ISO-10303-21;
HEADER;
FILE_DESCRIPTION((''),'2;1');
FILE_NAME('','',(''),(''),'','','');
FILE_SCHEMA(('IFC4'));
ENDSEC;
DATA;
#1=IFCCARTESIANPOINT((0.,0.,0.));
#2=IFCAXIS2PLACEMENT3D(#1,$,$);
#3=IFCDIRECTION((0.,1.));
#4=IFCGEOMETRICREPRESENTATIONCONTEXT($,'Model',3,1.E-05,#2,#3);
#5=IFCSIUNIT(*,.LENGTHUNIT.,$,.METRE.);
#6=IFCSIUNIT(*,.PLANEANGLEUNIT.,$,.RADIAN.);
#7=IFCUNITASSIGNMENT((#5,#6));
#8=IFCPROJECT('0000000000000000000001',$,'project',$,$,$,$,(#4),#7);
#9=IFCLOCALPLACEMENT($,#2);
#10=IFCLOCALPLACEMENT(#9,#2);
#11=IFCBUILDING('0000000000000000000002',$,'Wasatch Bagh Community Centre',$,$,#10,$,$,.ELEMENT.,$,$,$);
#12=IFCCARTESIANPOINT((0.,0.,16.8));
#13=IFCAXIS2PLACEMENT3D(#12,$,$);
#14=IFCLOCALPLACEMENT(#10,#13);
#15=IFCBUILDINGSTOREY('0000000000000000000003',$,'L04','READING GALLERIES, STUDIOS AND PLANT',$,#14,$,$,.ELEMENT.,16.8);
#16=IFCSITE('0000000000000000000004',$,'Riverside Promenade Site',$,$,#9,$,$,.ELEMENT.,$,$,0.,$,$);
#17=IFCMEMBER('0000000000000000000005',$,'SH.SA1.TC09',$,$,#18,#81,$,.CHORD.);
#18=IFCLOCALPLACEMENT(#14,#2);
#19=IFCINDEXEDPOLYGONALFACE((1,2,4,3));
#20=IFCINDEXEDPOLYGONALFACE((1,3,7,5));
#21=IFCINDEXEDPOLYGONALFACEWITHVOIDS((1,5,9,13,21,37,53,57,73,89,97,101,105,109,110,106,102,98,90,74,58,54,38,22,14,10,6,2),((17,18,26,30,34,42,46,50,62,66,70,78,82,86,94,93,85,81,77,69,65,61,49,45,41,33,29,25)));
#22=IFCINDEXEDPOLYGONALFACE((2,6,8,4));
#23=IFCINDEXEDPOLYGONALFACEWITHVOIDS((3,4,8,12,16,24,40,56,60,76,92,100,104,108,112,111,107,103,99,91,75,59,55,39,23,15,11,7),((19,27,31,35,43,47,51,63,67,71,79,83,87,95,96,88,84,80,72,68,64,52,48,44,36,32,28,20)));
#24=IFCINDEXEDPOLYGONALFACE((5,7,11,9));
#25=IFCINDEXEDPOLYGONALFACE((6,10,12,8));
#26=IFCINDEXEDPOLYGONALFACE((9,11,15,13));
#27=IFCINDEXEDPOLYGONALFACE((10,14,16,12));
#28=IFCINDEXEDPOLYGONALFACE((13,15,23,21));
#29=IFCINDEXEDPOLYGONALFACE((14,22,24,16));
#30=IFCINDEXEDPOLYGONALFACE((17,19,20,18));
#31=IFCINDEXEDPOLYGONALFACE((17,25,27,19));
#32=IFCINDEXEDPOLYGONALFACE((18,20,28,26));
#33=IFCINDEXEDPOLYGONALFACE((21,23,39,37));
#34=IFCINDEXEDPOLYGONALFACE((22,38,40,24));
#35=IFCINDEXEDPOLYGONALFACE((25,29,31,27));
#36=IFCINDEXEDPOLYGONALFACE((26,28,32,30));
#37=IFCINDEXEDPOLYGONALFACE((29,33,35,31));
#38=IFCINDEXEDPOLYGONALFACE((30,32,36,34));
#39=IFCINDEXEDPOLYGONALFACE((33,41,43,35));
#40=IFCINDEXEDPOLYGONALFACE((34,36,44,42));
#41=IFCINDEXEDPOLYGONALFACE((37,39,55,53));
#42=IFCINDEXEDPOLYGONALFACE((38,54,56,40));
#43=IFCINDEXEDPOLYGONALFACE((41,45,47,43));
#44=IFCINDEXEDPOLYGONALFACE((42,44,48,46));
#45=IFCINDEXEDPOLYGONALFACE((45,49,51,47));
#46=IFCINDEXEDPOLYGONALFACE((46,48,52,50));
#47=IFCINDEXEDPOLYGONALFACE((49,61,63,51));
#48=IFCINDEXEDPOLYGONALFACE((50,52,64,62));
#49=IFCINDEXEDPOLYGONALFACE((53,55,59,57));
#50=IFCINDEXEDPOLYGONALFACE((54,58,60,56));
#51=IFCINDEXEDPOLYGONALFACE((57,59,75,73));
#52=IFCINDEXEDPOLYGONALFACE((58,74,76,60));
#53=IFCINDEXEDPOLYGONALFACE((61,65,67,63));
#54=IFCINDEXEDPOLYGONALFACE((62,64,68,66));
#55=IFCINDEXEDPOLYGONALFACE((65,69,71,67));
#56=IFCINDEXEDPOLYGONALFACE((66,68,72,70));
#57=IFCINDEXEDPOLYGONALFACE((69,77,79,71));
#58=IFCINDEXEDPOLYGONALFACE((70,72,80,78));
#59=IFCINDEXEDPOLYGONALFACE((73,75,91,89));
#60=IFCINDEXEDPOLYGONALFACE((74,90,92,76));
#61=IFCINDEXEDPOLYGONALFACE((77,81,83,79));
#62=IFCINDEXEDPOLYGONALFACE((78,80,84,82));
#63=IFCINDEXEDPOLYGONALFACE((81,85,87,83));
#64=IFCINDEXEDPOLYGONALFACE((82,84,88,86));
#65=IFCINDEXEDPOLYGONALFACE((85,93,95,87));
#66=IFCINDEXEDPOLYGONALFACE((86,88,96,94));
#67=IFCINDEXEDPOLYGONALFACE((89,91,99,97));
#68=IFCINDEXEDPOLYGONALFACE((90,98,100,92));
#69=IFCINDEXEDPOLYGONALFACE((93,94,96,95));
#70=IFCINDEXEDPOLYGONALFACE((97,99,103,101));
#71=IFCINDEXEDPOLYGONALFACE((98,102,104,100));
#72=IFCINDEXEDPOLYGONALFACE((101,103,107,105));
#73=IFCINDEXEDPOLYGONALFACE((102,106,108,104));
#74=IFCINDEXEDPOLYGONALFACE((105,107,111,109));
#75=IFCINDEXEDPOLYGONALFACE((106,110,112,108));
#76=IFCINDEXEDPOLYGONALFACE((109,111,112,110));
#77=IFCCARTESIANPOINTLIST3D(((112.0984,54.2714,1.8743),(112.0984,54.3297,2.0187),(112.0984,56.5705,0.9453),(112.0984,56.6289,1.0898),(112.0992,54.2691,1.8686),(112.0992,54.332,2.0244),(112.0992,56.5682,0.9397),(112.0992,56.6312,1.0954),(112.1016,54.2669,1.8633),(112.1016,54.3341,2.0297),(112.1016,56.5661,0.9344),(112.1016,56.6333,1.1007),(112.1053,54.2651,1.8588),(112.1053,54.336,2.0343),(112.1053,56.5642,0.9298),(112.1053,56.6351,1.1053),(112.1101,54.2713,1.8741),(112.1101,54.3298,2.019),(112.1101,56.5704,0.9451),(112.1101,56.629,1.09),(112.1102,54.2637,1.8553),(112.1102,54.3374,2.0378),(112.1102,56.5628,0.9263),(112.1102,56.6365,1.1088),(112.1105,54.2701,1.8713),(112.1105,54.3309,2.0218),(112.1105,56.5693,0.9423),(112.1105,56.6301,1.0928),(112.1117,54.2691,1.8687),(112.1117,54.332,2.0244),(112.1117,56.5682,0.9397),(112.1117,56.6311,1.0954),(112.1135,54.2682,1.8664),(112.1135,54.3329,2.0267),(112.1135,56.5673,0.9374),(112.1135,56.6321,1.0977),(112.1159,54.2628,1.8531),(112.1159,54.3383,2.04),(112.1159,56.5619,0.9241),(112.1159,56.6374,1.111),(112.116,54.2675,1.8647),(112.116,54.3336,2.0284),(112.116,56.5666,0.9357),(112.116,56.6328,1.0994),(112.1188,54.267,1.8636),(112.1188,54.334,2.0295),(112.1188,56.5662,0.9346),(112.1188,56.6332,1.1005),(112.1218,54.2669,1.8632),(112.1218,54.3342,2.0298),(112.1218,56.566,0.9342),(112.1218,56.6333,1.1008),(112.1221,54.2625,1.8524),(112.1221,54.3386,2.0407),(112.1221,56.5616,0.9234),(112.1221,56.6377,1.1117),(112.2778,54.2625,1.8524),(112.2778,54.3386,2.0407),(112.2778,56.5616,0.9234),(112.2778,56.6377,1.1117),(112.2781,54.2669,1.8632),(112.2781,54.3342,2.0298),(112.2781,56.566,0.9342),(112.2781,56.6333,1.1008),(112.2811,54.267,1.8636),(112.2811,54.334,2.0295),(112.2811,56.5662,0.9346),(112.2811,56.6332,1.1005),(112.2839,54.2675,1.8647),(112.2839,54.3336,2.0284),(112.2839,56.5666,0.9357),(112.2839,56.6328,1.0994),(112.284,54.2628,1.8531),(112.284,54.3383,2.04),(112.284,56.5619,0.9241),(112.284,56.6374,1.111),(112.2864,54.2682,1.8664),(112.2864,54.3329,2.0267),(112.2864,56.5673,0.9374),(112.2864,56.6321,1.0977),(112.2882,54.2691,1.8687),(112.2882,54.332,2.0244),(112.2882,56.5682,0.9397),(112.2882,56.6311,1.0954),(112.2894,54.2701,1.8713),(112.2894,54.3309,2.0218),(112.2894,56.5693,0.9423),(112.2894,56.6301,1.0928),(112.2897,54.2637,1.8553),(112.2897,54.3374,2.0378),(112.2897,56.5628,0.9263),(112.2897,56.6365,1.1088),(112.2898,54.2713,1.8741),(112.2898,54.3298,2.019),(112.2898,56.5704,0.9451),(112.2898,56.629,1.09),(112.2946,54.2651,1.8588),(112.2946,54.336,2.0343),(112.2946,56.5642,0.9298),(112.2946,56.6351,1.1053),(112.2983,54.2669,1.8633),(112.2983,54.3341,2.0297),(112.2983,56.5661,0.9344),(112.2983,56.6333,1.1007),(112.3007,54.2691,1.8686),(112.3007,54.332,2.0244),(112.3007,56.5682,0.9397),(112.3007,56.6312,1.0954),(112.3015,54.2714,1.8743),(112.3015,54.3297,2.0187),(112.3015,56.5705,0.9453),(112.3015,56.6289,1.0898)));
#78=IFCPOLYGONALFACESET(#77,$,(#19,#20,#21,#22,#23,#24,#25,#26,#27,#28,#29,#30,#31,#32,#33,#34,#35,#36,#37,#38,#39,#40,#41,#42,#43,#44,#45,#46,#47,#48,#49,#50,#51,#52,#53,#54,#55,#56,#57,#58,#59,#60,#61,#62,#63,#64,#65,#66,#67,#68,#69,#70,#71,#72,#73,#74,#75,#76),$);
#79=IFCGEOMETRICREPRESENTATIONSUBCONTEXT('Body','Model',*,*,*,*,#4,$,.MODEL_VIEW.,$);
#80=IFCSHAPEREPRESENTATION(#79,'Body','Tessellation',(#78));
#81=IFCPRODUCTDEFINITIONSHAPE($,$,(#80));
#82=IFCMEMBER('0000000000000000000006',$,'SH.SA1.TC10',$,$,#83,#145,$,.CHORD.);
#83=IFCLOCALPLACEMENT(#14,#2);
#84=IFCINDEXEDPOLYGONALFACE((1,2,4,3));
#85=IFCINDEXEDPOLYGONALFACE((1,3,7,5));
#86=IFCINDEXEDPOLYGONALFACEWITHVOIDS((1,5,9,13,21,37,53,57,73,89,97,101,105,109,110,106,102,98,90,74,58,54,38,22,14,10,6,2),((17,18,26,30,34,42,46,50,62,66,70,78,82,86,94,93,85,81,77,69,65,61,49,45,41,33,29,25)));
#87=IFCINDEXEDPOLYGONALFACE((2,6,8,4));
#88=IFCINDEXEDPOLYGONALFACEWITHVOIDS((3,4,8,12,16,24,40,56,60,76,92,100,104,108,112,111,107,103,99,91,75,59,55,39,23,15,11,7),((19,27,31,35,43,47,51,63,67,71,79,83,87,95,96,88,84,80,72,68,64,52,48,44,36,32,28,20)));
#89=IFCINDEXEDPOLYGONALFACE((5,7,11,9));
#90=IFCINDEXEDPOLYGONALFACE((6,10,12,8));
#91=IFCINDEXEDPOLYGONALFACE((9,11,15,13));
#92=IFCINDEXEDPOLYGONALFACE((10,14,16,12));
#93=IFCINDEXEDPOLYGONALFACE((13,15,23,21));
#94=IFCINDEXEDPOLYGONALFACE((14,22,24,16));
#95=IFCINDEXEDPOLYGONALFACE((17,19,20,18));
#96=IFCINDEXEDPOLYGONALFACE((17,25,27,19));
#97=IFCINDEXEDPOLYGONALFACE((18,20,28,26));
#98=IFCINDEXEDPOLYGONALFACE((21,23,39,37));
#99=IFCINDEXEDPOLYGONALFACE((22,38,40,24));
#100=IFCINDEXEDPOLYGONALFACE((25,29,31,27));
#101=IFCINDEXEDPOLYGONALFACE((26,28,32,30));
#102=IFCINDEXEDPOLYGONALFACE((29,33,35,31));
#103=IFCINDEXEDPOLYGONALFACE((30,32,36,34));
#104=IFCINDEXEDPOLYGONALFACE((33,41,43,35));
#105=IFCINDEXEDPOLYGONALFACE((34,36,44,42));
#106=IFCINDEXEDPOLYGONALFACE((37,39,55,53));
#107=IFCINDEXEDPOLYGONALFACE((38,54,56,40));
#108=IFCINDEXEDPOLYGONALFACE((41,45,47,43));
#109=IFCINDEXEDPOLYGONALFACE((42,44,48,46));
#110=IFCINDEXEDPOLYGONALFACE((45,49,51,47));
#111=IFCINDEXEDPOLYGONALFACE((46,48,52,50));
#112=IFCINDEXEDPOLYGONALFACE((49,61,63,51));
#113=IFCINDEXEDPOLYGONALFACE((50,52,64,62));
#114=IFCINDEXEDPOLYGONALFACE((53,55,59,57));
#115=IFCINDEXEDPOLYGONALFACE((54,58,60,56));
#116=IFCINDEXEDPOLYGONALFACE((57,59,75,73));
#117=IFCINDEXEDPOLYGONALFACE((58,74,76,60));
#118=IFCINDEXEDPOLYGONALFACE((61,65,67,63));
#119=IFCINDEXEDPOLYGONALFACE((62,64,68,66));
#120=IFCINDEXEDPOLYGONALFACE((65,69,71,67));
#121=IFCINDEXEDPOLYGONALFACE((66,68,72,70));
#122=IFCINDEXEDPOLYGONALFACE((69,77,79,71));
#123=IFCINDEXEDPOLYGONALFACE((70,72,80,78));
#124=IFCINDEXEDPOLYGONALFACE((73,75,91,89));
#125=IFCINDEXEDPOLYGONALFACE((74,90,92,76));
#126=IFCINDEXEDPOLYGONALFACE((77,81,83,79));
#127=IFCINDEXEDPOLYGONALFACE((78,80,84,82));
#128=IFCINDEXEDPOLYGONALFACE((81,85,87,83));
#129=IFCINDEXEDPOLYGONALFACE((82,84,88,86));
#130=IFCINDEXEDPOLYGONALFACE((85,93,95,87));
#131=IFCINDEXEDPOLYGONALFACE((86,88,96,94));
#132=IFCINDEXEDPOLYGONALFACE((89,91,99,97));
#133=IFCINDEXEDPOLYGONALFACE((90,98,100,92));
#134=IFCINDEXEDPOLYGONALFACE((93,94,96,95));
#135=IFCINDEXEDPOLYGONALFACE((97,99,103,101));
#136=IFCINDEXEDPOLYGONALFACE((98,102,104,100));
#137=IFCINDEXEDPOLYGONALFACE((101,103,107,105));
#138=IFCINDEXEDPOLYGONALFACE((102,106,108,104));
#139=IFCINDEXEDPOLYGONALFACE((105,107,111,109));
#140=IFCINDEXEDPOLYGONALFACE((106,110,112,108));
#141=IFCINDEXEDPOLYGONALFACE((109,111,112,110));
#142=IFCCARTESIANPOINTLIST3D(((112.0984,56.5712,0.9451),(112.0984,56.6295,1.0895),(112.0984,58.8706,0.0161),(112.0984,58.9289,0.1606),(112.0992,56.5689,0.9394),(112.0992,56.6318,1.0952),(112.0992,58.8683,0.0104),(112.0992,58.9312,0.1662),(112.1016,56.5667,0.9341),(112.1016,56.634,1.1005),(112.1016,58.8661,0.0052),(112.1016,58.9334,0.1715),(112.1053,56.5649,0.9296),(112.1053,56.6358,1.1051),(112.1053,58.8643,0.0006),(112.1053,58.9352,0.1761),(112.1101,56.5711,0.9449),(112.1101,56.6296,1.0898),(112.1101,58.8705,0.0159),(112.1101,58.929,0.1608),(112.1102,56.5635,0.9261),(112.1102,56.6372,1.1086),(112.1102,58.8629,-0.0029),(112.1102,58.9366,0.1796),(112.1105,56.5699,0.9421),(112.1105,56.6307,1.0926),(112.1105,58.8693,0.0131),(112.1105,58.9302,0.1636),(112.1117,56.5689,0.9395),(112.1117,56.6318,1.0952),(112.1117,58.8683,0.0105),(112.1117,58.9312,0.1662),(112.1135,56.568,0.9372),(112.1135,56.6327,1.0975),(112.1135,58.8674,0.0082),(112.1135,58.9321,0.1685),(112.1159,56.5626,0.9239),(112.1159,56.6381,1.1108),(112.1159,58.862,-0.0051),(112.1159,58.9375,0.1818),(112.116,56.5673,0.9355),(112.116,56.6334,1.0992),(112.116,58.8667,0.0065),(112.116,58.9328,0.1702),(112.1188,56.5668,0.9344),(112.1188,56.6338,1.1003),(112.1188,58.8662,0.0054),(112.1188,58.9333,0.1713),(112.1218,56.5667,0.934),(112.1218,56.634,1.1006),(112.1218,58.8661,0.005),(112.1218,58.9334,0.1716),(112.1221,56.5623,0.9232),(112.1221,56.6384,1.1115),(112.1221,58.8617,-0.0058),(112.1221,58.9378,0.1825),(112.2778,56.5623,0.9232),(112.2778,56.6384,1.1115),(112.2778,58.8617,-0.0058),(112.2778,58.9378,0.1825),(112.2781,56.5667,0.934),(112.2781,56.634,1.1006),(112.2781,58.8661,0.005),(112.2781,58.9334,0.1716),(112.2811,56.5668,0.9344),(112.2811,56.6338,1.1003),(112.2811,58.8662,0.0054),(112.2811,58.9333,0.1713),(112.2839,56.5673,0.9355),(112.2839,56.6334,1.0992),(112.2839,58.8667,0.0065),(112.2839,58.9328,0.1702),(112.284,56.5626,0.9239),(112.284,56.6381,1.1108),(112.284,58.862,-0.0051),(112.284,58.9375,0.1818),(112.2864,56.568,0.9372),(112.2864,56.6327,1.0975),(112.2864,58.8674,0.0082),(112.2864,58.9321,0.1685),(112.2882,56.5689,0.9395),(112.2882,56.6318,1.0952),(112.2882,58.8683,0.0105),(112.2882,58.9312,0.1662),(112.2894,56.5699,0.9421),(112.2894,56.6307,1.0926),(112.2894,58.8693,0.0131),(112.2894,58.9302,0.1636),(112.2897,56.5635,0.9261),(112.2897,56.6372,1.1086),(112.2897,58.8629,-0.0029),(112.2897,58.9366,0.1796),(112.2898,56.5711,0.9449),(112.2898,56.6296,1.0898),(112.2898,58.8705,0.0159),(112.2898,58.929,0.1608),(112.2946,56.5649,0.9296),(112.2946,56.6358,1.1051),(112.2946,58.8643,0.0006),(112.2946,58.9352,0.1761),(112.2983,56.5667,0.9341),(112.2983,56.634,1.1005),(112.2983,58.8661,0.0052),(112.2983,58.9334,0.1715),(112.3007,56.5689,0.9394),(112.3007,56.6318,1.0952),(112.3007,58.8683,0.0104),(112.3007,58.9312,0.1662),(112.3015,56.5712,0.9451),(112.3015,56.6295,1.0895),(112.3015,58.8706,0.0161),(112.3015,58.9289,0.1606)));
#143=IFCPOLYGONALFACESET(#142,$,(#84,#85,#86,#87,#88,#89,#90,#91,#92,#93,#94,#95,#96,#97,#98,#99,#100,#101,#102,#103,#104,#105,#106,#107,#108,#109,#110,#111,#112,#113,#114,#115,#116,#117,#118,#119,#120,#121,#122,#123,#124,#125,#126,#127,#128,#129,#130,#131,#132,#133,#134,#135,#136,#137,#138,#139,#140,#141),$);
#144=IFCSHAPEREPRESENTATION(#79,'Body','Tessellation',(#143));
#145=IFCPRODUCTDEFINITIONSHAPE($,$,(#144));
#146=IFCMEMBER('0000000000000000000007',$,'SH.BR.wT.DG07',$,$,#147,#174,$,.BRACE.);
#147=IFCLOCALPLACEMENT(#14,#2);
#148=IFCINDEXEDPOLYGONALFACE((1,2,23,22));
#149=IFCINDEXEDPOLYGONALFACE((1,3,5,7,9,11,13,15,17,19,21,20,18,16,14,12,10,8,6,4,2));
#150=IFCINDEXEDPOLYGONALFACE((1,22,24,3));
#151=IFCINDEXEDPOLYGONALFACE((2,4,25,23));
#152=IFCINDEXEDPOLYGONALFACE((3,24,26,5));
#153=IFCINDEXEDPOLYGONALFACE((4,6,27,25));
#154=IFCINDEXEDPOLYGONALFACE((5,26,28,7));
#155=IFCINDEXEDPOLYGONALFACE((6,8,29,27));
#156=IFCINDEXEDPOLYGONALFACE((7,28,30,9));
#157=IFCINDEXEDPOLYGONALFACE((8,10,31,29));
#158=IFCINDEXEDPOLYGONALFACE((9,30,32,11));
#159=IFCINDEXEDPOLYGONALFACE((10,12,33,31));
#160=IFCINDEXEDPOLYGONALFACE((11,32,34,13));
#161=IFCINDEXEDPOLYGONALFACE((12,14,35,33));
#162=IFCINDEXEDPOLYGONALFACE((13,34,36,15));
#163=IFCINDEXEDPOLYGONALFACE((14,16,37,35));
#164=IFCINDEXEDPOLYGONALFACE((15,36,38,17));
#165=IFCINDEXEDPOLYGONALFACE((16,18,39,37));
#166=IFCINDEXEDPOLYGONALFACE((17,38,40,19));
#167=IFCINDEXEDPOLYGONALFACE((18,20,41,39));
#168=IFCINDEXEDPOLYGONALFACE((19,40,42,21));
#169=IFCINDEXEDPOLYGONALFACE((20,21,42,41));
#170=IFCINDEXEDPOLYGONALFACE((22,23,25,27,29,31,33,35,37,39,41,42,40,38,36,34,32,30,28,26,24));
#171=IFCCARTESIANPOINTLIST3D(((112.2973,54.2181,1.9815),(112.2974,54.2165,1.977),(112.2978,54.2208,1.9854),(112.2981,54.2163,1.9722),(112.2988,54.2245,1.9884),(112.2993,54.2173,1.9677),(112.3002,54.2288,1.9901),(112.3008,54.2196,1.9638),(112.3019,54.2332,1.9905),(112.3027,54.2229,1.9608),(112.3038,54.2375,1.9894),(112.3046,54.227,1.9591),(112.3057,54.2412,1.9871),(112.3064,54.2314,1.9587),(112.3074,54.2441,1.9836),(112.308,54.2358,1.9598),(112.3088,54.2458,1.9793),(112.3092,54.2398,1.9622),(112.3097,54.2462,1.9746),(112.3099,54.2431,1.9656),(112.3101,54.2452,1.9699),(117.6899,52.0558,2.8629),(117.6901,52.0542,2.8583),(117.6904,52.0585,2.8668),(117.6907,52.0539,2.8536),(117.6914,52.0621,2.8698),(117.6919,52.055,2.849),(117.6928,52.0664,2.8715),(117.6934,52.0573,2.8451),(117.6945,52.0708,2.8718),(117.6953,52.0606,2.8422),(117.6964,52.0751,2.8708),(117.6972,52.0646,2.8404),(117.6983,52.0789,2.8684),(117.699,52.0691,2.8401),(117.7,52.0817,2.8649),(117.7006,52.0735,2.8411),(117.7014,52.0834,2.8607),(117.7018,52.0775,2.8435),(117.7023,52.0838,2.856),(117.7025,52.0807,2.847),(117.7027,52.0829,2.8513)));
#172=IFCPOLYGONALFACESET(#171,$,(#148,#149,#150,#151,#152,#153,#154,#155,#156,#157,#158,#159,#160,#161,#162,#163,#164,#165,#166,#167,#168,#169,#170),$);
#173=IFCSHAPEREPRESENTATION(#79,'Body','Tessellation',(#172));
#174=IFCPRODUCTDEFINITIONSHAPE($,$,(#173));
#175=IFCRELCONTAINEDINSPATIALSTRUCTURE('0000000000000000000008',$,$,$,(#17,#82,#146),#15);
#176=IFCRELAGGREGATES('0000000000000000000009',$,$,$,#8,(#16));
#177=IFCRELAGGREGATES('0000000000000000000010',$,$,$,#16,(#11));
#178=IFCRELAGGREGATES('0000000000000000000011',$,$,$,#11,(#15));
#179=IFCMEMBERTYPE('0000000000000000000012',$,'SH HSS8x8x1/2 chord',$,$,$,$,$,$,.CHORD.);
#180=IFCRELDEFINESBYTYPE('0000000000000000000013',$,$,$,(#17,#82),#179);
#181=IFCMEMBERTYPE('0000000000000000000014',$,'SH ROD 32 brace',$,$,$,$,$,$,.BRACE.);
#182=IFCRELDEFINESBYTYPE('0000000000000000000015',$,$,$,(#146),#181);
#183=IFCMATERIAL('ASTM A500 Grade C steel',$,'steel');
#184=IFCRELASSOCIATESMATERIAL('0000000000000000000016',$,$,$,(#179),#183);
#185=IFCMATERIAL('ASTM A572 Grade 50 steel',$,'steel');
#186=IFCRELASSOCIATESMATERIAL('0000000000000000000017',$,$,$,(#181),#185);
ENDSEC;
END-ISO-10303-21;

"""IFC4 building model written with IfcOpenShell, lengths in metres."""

from ifc_helpers import new_model, si_unit, direction, frame, origin, origin_2d, place, context, subcontext, project, spatial, hollow_rectangle, circle, extrude, material, material_profile, profile_set, type_object, element, save


model = new_model("IFC4")

# Units and contexts
model_context = context("Model", 3, precision=1e-05, world=origin(), true_north=direction((0.0, 1.0)))
body_context = subcontext(model_context, "Body", "Model", "MODEL_VIEW")
ifc_project = project(units=[si_unit("LENGTHUNIT", "METRE"), si_unit("PLANEANGLEUNIT", "RADIAN")], contexts=[model_context])

# Site, building, storey
site_placement = place(None, origin())
site = spatial("IfcSite", under=ifc_project, at=site_placement, Name="Riverside Promenade Site", CompositionType="ELEMENT", RefElevation=0.0)
building_placement = place(site_placement, origin())
building = spatial("IfcBuilding", under=site, at=building_placement, Name="Wasatch Bagh Community Centre", CompositionType="ELEMENT")
storey_placement = place(building_placement, frame((0.0, 0.0, 16.8)))
storey = spatial("IfcBuildingStorey", under=building, at=storey_placement, Name="L04", Description="READING GALLERIES, STUDIOS AND PLANT", CompositionType="ELEMENT", Elevation=16.8)

# Members
ifc_material_1 = material(Name="ASTM A500 Grade C steel", Category="steel")
ifc_material_profile_1 = material_profile(ifc_material_1, hollow_rectangle(XDim=0.2031, YDim=0.2031, WallThickness=0.0117, InnerFilletRadius=0.0117, OuterFilletRadius=0.0237, at=origin_2d()), Name="HSS8x8x1/2")
ifc_profile_set_1 = profile_set([ifc_material_profile_1], Name="ASTM A500 Grade C steel")
member_type_1 = type_object("IfcMemberType", Name="SH HSS8x8x1/2 chord", PredefinedType="CHORD", material=ifc_profile_set_1)
member_1_placement = place(storey_placement, frame((112.2, 54.3005, 1.9465), z_axis=(0.0, 0.927174, -0.374631), x_axis=(-1.0, 0.0, 0.0)))
element("IfcMember", 1, at=member_1_placement, inside=storey, type_object=member_type_1, Name="SH.SA1.TC09", PredefinedType="CHORD", context=body_context, shape_type="SweptSolid", body=[
    extrude(hollow_rectangle(XDim=0.2031, YDim=0.2031, WallThickness=0.0117, InnerFilletRadius=0.0117, OuterFilletRadius=0.0237, at=origin_2d()), origin(), (0.0, 0.0, 1.0), 2.4797),
])
member_2_placement = place(storey_placement, frame((112.2, 56.6003, 1.0173), z_axis=(0.0, 0.927188, -0.374597), x_axis=(-1.0, 0.0, 0.0)))
element("IfcMember", 2, at=member_2_placement, inside=storey, type_object=member_type_1, Name="SH.SA1.TC10", PredefinedType="CHORD", context=body_context, shape_type="SweptSolid", body=[
    extrude(hollow_rectangle(XDim=0.2031, YDim=0.2031, WallThickness=0.0117, InnerFilletRadius=0.0117, OuterFilletRadius=0.0237, at=origin_2d()), origin(), (0.0, 0.0, 1.0), 2.48),
])
ifc_material_2 = material(Name="ASTM A572 Grade 50 steel", Category="steel")
ifc_material_profile_2 = material_profile(ifc_material_2, circle(Radius=0.0161, at=origin_2d()), Name="ROD 32")
ifc_profile_set_2 = profile_set([ifc_material_profile_2], Name="ASTM A572 Grade 50 steel")
member_type_2 = type_object("IfcMemberType", Name="SH ROD 32 brace", PredefinedType="BRACE", material=ifc_profile_set_2)
member_3_placement = place(storey_placement, frame((112.3037, 54.2312, 1.9746), z_axis=(0.917662, -0.367971, 0.14998), x_axis=(0.37218, 0.92816, 0.0)))
element("IfcMember", 3, at=member_3_placement, inside=storey, type_object=member_type_2, Name="SH.BR.wT.DG07", PredefinedType="BRACE", context=body_context, shape_type="SweptSolid", body=[
    extrude(circle(Radius=0.0161, at=origin_2d()), origin(), (0.0, 0.0, 1.0), 5.8765),
])

save(model, "model.ifc")
